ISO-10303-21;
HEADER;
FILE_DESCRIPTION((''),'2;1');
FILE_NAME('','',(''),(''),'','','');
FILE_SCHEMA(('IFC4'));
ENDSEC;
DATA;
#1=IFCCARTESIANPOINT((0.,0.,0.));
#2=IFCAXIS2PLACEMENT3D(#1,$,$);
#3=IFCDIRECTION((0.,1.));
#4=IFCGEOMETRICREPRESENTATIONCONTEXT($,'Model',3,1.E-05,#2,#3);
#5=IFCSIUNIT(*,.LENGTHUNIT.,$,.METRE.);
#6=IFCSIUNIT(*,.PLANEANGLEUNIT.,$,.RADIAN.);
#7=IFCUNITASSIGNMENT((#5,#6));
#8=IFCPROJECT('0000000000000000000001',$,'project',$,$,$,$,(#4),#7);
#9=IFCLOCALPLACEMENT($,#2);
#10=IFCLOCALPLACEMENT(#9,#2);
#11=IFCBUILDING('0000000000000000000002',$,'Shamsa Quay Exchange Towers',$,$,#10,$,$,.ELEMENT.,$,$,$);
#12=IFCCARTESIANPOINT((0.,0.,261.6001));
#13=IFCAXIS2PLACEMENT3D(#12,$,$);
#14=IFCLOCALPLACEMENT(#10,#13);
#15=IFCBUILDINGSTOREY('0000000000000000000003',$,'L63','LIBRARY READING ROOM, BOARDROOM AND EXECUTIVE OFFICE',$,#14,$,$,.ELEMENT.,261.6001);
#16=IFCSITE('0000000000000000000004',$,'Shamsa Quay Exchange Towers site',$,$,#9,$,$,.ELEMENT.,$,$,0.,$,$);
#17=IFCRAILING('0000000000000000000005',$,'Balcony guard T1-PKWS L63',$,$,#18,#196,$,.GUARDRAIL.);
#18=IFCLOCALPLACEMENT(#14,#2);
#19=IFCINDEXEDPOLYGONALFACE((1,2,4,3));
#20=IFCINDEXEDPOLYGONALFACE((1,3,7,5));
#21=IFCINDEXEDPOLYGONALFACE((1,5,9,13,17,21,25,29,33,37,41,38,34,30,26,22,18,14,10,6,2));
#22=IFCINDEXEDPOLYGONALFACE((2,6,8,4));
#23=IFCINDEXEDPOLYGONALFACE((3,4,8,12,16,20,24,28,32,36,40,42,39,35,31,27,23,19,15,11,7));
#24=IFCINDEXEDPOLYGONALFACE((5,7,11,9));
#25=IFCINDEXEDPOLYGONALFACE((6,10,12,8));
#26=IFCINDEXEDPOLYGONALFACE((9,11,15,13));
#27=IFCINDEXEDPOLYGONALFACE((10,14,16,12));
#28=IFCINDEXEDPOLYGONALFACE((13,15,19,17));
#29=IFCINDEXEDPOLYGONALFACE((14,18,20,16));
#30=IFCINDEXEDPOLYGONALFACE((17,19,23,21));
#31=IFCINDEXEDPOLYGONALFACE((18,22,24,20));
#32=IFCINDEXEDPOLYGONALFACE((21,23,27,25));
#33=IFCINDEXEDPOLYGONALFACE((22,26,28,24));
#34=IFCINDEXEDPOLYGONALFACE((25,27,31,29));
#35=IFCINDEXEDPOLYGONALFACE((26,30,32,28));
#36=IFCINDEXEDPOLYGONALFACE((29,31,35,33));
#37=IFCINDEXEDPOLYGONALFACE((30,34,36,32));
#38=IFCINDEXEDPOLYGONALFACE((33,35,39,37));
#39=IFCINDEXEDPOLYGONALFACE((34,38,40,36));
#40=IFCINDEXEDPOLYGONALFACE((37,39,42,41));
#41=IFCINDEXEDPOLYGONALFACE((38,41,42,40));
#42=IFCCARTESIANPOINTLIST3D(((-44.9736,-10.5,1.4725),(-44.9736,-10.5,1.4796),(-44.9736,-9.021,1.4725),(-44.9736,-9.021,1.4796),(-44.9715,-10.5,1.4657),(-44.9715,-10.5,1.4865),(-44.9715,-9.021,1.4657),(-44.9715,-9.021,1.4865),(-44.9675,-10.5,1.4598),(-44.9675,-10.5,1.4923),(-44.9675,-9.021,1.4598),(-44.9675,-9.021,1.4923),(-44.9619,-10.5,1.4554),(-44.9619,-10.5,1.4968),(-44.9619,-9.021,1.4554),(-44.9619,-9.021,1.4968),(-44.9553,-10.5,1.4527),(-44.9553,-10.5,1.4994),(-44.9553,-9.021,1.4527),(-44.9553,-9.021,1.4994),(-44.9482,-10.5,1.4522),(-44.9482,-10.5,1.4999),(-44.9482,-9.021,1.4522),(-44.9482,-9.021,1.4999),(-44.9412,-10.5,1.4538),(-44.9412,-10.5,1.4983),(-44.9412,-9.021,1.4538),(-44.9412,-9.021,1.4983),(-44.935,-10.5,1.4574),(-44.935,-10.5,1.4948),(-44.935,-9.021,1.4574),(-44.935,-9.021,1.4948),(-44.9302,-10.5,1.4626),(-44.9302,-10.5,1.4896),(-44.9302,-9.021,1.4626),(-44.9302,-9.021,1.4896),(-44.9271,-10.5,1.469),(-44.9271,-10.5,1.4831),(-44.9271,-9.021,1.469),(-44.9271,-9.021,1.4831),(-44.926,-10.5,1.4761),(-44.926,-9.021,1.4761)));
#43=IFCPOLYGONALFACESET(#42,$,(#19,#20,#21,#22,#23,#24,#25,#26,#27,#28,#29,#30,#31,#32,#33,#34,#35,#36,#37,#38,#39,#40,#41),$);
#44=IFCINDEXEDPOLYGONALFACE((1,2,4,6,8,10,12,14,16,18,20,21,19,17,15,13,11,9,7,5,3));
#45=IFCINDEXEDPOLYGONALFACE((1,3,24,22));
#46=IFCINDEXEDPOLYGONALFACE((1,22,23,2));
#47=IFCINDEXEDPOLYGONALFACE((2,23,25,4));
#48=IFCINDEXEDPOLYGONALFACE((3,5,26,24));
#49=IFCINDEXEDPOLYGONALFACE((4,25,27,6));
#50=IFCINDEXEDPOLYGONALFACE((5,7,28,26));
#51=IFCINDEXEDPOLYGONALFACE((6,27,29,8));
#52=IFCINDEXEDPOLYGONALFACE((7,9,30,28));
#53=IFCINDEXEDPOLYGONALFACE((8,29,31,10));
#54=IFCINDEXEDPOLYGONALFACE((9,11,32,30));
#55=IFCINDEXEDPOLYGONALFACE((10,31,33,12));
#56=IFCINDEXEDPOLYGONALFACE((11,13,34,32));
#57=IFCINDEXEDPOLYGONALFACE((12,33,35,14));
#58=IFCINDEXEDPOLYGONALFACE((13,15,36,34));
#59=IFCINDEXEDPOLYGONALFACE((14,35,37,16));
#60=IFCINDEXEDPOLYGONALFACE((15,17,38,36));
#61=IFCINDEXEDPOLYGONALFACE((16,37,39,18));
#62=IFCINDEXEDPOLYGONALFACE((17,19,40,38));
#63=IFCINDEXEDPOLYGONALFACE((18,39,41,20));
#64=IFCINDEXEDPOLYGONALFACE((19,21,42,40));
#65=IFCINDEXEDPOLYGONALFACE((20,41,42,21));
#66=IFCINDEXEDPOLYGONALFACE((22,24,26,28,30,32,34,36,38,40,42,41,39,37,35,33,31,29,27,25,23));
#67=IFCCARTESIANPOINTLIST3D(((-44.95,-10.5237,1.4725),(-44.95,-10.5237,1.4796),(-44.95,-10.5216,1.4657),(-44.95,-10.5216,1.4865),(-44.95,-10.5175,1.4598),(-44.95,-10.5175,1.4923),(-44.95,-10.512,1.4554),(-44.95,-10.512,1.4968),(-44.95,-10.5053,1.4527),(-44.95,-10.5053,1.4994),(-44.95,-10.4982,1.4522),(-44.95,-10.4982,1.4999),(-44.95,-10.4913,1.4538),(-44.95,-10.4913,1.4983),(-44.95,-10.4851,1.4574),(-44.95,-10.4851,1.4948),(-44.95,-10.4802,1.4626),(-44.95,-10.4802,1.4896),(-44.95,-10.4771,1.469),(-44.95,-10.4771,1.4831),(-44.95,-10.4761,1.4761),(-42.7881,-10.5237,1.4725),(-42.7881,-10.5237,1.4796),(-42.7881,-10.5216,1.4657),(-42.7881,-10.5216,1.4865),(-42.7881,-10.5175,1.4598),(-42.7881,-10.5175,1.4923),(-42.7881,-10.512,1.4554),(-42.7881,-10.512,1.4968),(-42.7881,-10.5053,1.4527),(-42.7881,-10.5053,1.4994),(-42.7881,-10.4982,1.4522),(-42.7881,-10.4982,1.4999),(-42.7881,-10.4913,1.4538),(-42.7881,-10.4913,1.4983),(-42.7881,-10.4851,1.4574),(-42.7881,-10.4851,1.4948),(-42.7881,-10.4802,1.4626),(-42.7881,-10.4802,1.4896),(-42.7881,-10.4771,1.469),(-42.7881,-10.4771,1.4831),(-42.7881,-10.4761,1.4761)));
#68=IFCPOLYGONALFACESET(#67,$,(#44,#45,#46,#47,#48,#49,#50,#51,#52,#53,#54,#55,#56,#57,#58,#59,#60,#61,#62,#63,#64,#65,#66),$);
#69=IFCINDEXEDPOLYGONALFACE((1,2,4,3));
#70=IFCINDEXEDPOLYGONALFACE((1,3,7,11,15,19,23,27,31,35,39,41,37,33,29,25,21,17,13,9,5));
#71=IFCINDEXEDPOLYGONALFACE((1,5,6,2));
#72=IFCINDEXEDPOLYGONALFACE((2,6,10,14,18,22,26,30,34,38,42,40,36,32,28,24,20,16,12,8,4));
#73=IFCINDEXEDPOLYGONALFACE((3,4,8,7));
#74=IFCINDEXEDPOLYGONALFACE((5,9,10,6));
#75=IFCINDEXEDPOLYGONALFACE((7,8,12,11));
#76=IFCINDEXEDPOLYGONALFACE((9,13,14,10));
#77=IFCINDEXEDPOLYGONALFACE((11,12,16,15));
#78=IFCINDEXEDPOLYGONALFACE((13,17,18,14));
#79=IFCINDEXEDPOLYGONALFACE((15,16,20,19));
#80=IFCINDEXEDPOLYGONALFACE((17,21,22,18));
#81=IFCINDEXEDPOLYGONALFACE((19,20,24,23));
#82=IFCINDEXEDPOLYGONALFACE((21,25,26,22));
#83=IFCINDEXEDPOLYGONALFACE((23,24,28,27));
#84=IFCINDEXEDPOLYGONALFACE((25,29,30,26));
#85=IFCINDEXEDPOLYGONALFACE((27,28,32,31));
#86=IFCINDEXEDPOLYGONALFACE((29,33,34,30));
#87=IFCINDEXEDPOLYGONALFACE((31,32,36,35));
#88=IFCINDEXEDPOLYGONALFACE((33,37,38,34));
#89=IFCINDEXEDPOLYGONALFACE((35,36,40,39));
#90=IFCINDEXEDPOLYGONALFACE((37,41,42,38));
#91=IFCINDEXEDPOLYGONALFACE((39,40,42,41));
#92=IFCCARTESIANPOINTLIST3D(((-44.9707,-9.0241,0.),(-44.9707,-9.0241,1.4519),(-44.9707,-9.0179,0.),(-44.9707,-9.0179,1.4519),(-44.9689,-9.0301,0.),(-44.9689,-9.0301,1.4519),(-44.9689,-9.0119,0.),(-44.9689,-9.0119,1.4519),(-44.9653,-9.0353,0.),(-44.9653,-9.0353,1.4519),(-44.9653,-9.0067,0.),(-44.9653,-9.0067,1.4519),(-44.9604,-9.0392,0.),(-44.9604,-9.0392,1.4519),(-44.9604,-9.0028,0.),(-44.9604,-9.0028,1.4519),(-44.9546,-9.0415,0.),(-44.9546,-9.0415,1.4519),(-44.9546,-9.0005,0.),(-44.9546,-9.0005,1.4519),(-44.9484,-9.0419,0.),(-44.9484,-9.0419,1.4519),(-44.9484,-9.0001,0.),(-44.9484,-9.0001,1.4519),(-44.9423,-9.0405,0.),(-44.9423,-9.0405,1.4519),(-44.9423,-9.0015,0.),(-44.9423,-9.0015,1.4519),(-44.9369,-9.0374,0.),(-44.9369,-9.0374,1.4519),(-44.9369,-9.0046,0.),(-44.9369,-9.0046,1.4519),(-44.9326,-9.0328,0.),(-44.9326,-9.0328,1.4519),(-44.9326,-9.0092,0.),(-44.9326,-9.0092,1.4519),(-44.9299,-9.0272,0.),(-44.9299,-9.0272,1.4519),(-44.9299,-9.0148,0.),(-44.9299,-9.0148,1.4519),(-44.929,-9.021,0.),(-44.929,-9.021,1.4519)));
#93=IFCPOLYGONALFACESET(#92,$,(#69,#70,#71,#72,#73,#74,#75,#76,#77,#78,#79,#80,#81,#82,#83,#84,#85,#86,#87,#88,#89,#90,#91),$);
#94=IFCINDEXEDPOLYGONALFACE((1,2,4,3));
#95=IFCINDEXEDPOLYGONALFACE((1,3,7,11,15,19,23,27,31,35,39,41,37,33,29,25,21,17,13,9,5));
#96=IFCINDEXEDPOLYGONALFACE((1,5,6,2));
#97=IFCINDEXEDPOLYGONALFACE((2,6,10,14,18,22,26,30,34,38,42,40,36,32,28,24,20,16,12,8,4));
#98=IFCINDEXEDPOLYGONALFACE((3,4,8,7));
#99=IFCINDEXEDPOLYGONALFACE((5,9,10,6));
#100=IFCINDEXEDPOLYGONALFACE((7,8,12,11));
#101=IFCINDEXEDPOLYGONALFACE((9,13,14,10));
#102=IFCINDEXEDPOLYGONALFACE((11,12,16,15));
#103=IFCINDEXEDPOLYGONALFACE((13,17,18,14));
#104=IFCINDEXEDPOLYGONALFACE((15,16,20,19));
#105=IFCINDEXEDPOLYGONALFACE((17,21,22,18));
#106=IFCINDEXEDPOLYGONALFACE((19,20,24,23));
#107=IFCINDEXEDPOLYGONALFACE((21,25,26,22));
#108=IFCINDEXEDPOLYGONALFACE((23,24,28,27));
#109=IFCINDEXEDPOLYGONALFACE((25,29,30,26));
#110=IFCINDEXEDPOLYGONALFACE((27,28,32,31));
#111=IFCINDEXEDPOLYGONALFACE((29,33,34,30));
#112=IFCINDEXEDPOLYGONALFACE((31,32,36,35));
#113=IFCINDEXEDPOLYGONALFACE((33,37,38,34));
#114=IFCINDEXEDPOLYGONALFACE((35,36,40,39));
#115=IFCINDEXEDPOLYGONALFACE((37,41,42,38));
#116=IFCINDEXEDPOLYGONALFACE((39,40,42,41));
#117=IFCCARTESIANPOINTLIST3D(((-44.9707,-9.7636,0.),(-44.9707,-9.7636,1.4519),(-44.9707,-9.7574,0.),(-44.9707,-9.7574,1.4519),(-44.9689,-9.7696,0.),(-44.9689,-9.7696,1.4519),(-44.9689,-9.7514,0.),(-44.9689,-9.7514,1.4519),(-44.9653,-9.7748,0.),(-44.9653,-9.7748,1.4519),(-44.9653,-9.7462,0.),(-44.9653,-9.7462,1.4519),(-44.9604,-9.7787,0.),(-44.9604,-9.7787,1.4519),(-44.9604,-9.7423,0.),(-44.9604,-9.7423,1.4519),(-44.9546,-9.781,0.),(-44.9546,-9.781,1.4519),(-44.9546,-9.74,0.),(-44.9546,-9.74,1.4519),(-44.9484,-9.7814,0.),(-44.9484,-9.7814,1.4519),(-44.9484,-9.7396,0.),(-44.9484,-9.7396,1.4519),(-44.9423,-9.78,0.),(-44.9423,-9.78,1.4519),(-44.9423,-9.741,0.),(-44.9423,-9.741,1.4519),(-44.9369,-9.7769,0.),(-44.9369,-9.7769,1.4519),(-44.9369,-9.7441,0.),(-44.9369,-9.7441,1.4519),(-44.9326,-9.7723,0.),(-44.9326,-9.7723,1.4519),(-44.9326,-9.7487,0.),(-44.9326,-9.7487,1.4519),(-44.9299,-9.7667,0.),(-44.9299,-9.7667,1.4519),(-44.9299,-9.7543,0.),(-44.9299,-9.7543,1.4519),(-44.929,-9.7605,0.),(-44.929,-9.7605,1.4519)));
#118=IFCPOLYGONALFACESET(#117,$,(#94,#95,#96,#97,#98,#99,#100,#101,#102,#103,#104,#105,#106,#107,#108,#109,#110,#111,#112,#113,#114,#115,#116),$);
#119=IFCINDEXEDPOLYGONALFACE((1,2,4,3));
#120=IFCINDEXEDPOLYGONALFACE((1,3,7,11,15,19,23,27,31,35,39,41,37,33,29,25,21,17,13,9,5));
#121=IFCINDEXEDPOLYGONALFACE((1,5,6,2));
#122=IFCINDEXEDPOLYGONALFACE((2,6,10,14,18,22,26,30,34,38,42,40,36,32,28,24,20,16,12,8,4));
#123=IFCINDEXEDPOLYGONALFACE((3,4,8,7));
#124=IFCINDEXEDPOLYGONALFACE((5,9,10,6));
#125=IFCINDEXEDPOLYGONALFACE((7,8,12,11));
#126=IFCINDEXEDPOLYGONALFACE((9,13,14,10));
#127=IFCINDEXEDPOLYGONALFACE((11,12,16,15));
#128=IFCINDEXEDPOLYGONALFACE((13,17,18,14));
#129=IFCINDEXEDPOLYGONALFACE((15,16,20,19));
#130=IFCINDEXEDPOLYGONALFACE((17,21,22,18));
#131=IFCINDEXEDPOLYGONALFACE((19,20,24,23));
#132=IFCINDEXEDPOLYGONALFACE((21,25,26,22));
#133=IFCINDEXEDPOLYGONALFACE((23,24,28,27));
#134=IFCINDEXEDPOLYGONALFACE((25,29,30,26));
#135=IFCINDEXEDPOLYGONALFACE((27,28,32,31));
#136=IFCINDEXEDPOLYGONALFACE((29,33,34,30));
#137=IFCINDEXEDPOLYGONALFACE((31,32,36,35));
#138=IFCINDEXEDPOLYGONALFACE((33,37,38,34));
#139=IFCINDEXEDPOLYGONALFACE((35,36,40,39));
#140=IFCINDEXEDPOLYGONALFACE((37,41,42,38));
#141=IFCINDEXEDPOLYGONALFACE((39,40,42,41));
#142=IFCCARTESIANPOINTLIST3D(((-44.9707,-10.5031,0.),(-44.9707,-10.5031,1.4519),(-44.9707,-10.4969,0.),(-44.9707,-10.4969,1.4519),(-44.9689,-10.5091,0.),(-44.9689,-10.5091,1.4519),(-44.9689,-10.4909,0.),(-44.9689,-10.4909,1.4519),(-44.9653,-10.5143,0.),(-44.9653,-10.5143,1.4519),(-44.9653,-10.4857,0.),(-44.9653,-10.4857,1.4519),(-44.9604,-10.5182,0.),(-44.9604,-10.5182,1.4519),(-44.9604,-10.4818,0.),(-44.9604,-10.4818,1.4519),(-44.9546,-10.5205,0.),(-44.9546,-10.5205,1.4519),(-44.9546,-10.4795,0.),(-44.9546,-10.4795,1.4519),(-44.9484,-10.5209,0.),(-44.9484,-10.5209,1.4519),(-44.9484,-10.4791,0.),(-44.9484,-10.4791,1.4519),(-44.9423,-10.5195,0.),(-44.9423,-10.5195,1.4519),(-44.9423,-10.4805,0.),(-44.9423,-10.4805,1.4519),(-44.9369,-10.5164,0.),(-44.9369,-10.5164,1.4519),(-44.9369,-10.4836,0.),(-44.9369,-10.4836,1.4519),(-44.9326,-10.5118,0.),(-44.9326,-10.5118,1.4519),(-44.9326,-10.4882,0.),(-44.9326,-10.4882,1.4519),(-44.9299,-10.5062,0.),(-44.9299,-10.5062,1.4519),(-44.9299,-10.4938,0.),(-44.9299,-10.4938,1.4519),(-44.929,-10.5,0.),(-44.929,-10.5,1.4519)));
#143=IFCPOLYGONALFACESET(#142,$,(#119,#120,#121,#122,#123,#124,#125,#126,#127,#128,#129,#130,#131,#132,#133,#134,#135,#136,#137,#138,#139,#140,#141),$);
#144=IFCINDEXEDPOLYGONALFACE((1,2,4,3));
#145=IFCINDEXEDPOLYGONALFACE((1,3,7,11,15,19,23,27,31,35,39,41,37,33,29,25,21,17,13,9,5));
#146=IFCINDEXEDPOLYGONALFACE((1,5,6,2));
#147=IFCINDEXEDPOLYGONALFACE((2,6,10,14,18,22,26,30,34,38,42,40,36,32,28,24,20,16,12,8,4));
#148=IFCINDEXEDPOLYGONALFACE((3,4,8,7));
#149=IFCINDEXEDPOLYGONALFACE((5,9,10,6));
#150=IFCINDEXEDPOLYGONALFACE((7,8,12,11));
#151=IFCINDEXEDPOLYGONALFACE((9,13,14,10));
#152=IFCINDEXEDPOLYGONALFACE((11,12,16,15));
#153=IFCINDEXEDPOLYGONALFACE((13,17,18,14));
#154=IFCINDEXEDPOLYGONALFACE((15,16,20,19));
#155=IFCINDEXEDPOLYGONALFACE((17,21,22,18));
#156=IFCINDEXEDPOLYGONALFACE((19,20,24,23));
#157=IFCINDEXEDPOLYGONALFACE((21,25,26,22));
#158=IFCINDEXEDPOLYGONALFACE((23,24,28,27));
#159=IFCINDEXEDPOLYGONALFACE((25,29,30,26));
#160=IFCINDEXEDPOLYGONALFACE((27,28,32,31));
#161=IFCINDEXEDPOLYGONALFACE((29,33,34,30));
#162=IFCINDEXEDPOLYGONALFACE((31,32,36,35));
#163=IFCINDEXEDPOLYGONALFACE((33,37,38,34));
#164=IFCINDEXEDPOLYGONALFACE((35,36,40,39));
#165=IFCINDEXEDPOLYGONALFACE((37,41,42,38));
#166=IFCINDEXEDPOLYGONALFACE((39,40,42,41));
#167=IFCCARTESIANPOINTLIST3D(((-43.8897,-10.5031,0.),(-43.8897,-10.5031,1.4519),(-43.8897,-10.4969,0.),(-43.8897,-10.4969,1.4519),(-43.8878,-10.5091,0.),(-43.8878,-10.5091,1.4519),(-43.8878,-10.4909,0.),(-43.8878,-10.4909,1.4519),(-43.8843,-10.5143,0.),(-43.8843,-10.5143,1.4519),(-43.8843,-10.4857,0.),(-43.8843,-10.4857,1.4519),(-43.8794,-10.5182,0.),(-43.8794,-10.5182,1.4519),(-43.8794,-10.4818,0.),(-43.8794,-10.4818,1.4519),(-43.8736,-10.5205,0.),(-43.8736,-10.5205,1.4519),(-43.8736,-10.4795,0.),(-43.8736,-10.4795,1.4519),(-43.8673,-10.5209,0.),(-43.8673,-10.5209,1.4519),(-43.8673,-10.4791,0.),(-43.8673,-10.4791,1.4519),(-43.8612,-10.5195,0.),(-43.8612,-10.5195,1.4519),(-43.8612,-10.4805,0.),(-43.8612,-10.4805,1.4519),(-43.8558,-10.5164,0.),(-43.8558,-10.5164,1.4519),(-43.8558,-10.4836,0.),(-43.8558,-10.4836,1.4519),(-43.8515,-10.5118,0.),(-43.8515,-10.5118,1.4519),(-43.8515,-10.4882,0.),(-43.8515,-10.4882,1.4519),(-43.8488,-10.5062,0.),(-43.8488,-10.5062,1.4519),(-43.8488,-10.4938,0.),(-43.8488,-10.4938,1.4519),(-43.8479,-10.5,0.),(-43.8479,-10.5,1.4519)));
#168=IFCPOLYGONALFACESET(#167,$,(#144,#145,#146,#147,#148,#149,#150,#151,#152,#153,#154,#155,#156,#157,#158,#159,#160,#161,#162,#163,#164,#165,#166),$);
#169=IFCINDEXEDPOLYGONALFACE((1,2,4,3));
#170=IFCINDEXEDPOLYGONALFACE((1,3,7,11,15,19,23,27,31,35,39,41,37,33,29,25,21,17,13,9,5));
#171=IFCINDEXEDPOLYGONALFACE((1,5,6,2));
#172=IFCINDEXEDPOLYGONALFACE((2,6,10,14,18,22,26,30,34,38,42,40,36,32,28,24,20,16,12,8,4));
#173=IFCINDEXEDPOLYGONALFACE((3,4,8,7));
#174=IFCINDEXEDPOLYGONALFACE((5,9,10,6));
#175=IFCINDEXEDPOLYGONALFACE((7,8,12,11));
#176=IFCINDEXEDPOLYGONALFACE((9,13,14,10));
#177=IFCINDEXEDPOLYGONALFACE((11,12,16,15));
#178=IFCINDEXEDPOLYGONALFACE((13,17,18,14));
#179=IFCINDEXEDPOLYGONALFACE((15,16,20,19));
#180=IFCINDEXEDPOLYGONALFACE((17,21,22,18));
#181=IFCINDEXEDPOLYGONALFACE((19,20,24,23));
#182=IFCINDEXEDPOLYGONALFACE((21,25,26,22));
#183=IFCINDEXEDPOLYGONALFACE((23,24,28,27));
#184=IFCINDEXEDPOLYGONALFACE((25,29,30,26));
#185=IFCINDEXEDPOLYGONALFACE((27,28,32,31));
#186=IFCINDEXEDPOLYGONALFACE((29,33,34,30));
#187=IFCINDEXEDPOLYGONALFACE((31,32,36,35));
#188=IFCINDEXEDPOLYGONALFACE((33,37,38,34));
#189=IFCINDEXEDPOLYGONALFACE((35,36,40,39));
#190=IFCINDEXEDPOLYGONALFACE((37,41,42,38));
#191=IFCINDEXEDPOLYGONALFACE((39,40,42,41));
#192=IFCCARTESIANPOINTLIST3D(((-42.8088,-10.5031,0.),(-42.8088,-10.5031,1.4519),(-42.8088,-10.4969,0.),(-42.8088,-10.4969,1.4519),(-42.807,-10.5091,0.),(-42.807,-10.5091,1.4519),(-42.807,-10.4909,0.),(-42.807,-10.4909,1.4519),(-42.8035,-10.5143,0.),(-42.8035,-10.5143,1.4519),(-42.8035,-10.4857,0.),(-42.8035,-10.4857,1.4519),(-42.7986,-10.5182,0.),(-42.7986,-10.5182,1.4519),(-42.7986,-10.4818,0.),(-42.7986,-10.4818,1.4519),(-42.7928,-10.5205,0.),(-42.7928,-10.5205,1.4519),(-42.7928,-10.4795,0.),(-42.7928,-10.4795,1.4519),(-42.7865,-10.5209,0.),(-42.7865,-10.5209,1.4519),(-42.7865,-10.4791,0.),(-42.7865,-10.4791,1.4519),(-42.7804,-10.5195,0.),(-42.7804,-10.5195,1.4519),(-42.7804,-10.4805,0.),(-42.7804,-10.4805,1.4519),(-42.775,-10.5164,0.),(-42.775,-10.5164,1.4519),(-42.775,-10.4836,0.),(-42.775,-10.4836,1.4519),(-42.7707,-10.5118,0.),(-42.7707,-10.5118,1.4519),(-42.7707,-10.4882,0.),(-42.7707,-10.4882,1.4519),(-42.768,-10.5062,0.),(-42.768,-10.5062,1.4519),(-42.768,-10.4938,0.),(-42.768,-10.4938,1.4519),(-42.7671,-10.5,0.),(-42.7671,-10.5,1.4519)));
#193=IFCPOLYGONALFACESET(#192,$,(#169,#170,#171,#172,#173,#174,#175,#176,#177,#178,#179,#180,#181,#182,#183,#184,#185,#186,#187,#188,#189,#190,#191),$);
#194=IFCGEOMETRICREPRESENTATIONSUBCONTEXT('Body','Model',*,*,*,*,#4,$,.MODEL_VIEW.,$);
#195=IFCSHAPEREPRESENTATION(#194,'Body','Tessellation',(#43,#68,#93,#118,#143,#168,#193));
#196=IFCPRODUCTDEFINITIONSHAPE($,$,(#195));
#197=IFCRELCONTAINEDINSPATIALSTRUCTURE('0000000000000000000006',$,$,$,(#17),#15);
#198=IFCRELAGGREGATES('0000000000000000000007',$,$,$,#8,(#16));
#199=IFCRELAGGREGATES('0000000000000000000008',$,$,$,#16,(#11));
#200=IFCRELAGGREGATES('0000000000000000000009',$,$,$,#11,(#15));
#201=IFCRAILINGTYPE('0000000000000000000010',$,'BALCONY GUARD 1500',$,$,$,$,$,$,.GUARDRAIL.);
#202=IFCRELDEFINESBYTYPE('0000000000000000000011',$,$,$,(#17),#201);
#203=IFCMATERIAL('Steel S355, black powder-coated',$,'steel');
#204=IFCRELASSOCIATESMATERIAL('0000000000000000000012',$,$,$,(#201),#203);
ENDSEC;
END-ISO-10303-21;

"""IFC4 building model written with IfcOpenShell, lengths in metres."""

from ifc_helpers import new_model, si_unit, direction, frame, origin, origin_2d, place, context, subcontext, project, spatial, circle, extrude, material, type_object, element, save


model = new_model("IFC4")

# Units and contexts
model_context = context("Model", 3, precision=1e-05, world=origin(), true_north=direction((0.0, 1.0)))
body_context = subcontext(model_context, "Body", "Model", "MODEL_VIEW")
ifc_project = project(units=[si_unit("LENGTHUNIT", "METRE"), si_unit("PLANEANGLEUNIT", "RADIAN")], contexts=[model_context])

# Site, building, storey
site_placement = place(None, origin())
site = spatial("IfcSite", under=ifc_project, at=site_placement, Name="Shamsa Quay Exchange Towers site", CompositionType="ELEMENT", RefElevation=0.0)
building_placement = place(site_placement, origin())
building = spatial("IfcBuilding", under=site, at=building_placement, Name="Shamsa Quay Exchange Towers", CompositionType="ELEMENT")
storey_placement = place(building_placement, frame((0.0, 0.0, 261.6001)))
storey = spatial("IfcBuildingStorey", under=building, at=storey_placement, Name="L63", Description="LIBRARY READING ROOM, BOARDROOM AND EXECUTIVE OFFICE", CompositionType="ELEMENT", Elevation=261.6001)

# Railing
ifc_material_1 = material(Name="Steel S355, black powder-coated", Category="steel")
railing_type_1 = type_object("IfcRailingType", Name="BALCONY GUARD 1500", PredefinedType="GUARDRAIL", material=ifc_material_1)
for number, where, name in (
    (1, (-44.95, -9.021, 0.0), "Balcony guard T1-PKWS L63"),
):
    element("IfcRailing", number, at=place(storey_placement, frame(where)), inside=storey, type_object=railing_type_1, Name=name, PredefinedType="GUARDRAIL", context=body_context, shape_type="SweptSolid", body=[
        extrude(circle(Radius=0.0239, at=origin_2d()), frame((0.0, 0.0, 1.4761), z_axis=(0.0, -1.0, 0.0), x_axis=(1.0, 0.0, 0.0)), (0.0, 0.0, 1.0), 1.479),
        extrude(circle(Radius=0.0239, at=origin_2d()), frame((0.0, -1.479, 1.4761), z_axis=(1.0, 0.0, 0.0), x_axis=(0.0, 1.0, 0.0)), (0.0, 0.0, 1.0), 2.1619),
        extrude(circle(Radius=0.021, at=origin_2d()), origin(), (0.0, 0.0, 1.0), 1.4519),
        extrude(circle(Radius=0.021, at=origin_2d()), frame((0.0, -0.7395, 0.0)), (0.0, 0.0, 1.0), 1.4519),
        extrude(circle(Radius=0.021, at=origin_2d()), frame((0.0, -1.479, 0.0)), (0.0, 0.0, 1.0), 1.4519),
        extrude(circle(Radius=0.021, at=origin_2d()), frame((1.0811, -1.479, 0.0)), (0.0, 0.0, 1.0), 1.4519),
        extrude(circle(Radius=0.021, at=origin_2d()), frame((2.1619, -1.479, 0.0)), (0.0, 0.0, 1.0), 1.4519),
    ])

save(model, "model.ifc")
